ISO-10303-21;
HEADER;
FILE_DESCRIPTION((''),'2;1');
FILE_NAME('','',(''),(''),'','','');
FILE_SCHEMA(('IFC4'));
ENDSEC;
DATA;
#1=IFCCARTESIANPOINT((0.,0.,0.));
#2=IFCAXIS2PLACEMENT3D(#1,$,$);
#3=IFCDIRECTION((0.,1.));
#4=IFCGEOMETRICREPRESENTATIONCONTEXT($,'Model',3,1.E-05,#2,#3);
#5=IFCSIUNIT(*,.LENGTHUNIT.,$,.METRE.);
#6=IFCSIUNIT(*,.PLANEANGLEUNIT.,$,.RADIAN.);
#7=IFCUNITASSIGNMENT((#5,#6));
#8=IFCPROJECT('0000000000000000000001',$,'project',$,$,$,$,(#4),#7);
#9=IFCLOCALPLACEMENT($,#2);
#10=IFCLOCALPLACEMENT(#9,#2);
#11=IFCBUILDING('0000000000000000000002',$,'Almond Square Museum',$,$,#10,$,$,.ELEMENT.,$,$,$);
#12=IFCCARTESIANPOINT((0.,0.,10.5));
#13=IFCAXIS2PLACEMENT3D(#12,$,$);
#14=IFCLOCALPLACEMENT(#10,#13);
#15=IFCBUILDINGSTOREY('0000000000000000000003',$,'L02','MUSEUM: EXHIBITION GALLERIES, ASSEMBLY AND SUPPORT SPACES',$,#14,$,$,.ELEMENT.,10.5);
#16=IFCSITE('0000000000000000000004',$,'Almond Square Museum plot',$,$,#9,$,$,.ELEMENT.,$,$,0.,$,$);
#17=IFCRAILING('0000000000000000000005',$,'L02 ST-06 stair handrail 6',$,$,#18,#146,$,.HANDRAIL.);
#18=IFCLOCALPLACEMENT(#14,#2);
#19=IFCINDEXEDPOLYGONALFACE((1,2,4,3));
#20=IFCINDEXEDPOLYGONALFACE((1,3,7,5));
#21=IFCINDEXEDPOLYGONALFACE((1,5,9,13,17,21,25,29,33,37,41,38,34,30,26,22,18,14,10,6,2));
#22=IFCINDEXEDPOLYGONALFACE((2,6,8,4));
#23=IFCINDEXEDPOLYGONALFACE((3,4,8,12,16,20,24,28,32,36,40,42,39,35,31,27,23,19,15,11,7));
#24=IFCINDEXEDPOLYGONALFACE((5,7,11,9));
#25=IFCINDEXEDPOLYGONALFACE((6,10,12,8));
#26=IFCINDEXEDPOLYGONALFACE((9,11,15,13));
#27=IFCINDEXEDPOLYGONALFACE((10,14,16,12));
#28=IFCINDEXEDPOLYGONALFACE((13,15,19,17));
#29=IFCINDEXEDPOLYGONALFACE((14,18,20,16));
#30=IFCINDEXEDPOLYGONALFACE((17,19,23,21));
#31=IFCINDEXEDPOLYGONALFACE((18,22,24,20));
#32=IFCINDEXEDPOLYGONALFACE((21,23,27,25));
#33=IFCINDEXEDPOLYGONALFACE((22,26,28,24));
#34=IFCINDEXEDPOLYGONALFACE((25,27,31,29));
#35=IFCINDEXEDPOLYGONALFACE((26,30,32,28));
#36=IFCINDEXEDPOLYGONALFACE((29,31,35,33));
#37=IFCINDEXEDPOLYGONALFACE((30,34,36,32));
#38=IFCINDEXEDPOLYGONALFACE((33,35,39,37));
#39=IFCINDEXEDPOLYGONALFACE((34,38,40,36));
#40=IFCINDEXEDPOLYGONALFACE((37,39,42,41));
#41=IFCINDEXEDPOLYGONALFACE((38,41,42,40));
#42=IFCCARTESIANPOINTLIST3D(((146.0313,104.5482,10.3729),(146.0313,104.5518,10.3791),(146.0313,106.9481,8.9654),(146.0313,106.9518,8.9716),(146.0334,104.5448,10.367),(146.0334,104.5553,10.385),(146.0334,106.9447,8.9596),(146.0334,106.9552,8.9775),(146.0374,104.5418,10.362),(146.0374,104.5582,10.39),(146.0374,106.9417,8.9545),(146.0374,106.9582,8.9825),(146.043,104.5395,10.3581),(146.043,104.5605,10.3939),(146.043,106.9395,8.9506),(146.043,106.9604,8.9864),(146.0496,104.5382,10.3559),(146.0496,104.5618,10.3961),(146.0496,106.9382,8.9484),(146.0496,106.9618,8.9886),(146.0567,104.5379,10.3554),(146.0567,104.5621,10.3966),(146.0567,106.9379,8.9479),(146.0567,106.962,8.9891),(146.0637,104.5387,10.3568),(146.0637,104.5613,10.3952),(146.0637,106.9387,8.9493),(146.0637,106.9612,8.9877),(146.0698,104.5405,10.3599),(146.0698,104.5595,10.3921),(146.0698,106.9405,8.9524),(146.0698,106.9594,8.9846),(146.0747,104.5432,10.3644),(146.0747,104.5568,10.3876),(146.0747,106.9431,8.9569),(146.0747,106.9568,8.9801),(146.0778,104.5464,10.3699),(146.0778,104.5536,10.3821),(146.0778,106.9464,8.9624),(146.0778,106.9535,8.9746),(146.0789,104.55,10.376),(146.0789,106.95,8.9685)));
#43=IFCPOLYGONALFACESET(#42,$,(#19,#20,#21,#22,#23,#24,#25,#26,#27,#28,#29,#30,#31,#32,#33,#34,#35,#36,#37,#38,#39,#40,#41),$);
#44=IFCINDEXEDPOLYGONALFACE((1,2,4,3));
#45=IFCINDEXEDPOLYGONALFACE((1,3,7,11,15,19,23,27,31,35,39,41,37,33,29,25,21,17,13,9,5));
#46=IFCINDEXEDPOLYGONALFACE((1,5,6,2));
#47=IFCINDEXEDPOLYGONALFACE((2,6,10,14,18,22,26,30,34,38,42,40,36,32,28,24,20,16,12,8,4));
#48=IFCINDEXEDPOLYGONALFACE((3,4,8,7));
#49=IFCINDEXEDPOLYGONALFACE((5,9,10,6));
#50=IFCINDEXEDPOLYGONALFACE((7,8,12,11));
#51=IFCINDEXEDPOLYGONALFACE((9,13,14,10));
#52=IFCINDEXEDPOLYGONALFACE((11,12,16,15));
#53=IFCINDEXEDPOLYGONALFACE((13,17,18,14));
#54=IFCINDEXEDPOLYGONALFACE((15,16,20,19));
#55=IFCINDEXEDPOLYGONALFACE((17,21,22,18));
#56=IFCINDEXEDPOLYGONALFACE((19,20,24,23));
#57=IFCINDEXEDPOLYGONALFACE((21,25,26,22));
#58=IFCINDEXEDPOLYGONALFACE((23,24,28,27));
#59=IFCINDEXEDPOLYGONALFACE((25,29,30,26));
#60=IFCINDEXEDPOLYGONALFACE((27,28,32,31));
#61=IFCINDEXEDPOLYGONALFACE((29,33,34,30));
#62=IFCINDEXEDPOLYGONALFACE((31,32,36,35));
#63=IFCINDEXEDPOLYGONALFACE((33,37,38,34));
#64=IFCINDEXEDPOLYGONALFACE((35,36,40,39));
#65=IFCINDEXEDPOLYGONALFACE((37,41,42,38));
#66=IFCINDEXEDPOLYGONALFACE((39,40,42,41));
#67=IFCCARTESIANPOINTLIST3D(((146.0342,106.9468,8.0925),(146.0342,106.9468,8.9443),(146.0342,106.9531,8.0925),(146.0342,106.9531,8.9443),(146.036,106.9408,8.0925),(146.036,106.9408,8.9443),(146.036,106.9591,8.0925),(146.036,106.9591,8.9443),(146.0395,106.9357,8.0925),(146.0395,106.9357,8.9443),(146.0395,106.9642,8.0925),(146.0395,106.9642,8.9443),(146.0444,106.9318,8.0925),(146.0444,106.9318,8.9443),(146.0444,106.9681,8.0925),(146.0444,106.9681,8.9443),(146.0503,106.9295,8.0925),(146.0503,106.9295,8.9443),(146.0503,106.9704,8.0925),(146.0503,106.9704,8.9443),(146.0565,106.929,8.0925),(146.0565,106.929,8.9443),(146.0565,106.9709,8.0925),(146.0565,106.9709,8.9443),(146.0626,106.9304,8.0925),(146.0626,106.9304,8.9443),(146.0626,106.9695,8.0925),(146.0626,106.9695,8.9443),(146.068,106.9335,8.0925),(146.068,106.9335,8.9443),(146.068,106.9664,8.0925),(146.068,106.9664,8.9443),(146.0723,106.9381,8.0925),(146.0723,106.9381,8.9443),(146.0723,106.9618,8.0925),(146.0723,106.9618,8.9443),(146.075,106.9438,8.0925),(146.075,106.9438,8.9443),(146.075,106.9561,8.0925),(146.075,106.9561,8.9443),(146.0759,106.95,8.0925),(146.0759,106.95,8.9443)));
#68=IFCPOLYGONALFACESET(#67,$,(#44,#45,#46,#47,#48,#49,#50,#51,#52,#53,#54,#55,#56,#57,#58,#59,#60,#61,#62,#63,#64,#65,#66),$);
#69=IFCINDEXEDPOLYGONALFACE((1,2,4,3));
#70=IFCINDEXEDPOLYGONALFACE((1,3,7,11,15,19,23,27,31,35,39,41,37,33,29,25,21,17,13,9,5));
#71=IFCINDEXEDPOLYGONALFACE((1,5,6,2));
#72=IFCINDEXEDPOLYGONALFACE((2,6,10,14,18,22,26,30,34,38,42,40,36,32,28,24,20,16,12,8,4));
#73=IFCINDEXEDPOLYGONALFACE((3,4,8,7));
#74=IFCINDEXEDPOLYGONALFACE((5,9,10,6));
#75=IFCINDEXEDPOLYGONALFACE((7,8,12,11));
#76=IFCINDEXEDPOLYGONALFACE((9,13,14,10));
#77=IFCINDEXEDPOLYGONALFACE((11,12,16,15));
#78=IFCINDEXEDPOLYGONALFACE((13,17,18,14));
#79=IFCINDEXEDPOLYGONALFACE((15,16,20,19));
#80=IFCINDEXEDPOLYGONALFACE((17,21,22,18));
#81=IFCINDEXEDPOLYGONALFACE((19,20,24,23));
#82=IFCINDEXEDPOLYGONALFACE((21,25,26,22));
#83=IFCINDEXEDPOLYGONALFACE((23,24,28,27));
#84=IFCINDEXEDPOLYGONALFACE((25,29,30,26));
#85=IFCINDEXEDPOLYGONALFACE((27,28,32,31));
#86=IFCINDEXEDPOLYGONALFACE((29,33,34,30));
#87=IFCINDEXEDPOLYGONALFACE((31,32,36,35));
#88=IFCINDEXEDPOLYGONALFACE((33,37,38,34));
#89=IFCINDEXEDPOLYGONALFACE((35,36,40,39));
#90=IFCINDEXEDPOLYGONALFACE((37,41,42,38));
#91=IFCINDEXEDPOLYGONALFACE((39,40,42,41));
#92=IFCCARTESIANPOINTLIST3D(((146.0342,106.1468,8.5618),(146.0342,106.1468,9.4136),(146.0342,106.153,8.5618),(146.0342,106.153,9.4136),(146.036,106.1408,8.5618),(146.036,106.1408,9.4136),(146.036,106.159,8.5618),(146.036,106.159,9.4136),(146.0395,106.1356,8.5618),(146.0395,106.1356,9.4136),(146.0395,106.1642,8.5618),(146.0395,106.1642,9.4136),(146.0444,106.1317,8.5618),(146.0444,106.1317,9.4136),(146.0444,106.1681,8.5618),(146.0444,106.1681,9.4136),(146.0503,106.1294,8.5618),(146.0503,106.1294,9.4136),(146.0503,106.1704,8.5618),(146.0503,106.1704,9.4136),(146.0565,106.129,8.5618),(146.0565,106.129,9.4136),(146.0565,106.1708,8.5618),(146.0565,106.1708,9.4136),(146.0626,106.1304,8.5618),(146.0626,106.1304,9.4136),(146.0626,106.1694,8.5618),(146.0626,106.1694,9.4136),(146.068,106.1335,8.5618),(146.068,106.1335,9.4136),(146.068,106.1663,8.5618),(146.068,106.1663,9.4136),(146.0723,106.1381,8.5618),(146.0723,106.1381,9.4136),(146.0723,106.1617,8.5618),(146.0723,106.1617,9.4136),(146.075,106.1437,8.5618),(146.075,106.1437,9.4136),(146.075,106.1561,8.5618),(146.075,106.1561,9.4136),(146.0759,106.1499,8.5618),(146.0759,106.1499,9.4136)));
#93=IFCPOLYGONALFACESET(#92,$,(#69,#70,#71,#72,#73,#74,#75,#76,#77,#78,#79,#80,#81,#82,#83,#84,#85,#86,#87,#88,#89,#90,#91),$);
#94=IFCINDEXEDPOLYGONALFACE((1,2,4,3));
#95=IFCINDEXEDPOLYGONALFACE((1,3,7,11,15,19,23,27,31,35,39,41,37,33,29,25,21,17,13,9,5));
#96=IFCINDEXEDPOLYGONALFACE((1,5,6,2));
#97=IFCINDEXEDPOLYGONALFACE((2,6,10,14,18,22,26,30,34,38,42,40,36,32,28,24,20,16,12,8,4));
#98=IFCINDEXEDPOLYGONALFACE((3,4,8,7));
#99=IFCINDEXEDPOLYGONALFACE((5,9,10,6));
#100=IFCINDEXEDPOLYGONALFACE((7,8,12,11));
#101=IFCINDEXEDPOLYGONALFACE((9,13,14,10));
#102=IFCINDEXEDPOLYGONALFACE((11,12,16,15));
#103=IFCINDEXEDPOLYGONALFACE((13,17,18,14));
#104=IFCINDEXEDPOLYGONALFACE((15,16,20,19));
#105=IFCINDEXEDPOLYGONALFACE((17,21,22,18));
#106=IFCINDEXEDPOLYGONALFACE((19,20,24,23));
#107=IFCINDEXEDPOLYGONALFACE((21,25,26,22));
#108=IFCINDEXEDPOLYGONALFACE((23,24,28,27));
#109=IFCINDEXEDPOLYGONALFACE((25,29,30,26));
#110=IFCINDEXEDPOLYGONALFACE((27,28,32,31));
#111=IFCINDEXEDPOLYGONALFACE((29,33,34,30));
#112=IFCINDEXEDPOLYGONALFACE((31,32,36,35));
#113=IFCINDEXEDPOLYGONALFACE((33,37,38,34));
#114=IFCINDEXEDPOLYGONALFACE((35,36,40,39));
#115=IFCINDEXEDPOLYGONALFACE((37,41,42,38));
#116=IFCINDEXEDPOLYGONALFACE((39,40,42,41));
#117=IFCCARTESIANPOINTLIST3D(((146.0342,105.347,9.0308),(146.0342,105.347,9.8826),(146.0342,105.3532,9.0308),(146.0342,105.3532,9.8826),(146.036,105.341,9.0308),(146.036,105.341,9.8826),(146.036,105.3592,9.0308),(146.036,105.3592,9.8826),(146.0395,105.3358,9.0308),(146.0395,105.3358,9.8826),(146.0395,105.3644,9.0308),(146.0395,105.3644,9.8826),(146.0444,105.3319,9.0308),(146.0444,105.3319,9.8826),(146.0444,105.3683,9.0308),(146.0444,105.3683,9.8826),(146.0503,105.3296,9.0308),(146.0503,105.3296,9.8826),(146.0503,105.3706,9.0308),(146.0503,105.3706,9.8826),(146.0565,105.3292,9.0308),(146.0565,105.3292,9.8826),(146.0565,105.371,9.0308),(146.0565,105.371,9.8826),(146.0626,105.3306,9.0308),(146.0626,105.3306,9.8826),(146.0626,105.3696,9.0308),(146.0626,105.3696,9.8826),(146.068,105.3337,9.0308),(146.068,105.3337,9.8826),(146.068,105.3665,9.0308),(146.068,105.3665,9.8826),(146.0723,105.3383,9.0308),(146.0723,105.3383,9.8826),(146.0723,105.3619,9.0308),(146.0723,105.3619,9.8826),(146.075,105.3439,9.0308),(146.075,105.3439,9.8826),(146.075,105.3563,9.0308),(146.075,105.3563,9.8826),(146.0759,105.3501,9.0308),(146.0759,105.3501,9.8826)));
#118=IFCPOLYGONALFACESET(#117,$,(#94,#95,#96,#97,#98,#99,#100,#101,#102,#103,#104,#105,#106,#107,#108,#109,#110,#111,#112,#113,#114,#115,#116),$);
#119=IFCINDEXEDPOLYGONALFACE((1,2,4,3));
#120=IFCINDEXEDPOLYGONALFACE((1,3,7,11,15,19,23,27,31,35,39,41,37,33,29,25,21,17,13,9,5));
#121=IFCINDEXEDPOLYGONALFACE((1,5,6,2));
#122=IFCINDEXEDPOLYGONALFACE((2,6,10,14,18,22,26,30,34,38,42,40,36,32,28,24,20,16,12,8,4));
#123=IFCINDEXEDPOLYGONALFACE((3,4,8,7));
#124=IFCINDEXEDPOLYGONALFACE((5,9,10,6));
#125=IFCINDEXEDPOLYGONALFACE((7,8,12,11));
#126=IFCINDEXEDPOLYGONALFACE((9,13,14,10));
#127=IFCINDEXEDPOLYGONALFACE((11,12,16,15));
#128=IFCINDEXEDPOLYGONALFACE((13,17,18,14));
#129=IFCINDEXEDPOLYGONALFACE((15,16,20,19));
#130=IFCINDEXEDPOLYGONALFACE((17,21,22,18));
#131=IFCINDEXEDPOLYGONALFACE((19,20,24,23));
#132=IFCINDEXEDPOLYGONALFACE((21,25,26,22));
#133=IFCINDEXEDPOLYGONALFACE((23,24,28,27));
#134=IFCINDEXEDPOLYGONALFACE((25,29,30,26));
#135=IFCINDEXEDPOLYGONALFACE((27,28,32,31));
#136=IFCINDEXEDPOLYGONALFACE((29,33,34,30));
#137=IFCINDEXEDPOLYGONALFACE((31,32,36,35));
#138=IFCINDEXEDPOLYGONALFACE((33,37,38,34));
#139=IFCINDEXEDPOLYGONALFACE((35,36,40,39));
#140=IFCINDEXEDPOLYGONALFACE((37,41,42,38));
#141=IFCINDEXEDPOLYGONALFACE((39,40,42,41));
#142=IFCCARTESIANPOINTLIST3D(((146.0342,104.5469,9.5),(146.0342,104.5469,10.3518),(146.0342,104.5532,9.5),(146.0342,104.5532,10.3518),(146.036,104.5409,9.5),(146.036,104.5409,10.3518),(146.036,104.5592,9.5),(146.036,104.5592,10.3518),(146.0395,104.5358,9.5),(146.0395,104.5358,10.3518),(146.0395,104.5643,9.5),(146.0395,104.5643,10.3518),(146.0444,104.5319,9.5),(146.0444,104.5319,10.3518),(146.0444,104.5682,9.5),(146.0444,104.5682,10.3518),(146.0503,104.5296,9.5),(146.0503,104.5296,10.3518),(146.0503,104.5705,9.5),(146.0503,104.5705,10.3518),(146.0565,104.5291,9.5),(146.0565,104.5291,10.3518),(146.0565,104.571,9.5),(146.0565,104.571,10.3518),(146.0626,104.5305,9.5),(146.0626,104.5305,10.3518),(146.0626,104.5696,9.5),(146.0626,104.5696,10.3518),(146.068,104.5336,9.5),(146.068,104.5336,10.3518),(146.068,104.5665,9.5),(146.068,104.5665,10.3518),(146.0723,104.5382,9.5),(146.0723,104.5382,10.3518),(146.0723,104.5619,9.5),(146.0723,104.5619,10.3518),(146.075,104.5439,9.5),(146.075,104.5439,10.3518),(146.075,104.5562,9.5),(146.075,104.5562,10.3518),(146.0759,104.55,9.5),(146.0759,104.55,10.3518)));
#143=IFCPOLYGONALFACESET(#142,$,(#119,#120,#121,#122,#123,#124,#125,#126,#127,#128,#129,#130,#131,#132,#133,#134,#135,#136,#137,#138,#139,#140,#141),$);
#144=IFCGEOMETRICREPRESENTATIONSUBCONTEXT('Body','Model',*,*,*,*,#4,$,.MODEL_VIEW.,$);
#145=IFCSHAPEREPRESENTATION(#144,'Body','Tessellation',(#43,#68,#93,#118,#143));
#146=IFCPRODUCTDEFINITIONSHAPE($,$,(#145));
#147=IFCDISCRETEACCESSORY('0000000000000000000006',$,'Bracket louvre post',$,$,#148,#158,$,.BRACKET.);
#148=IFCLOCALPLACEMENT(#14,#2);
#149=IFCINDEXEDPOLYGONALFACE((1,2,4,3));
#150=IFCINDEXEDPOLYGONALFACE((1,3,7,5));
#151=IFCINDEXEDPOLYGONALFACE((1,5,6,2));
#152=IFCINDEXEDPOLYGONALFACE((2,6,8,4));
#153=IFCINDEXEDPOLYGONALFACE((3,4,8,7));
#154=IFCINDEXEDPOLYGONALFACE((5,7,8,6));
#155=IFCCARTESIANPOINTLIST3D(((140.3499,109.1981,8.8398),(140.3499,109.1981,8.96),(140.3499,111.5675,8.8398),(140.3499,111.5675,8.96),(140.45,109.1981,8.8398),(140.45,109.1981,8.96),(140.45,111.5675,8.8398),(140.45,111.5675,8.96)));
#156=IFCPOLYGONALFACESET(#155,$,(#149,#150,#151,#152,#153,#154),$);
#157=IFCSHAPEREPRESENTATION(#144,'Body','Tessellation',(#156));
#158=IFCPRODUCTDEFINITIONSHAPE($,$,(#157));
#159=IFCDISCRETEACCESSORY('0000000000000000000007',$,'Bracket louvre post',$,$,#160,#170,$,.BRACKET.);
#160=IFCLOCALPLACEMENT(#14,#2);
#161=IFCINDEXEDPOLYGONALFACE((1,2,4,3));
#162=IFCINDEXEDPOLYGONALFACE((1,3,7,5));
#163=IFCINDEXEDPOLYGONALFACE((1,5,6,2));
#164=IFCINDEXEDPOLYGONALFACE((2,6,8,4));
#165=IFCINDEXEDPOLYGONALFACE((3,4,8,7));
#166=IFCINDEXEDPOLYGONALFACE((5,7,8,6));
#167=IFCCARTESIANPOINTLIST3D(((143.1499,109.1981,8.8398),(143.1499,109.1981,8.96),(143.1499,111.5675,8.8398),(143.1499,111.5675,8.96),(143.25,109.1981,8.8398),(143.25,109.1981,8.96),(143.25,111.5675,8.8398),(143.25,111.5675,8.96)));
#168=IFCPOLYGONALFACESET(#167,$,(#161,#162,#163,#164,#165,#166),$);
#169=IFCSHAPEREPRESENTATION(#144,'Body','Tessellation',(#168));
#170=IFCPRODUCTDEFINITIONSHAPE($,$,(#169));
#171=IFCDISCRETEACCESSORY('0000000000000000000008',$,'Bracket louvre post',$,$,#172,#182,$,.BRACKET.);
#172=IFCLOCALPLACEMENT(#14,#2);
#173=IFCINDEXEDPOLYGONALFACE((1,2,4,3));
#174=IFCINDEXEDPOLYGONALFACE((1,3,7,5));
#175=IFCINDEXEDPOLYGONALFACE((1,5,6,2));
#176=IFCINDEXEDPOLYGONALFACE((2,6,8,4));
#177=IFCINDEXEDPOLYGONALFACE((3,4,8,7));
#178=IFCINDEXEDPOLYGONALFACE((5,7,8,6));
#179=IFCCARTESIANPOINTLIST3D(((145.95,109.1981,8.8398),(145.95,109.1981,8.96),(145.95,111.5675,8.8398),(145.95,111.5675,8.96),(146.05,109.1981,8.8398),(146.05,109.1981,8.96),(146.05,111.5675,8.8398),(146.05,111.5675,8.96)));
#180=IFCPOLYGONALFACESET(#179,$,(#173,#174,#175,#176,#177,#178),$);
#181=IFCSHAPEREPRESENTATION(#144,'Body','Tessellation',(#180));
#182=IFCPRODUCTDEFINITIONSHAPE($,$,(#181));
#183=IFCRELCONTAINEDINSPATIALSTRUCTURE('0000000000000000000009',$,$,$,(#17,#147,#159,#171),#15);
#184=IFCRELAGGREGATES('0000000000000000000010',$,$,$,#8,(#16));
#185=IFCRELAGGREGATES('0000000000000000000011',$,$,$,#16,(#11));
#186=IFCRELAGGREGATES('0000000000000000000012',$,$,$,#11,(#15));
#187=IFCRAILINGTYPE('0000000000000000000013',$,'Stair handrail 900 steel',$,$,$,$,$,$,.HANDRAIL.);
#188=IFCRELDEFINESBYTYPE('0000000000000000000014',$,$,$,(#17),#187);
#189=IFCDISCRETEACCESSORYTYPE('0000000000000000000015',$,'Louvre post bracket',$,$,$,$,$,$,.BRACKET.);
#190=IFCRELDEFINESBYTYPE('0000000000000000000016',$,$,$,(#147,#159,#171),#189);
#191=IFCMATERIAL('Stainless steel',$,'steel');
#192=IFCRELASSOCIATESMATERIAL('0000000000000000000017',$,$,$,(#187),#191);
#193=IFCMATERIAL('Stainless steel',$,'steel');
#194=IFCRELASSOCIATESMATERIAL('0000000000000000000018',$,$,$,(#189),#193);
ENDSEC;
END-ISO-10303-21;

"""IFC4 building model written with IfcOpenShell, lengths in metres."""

from ifc_helpers import new_model, si_unit, direction, frame, origin, origin_2d, place, context, subcontext, project, spatial, rectangle, circle, extrude, material, type_object, element, save


model = new_model("IFC4")

# Units and contexts
model_context = context("Model", 3, precision=1e-05, world=origin(), true_north=direction((0.0, 1.0)))
body_context = subcontext(model_context, "Body", "Model", "MODEL_VIEW")
ifc_project = project(units=[si_unit("LENGTHUNIT", "METRE"), si_unit("PLANEANGLEUNIT", "RADIAN")], contexts=[model_context])

# Site, building, storey
site_placement = place(None, origin())
site = spatial("IfcSite", under=ifc_project, at=site_placement, Name="Almond Square Museum plot", CompositionType="ELEMENT", RefElevation=0.0)
building_placement = place(site_placement, origin())
building = spatial("IfcBuilding", under=site, at=building_placement, Name="Almond Square Museum", CompositionType="ELEMENT")
storey_placement = place(building_placement, frame((0.0, 0.0, 10.5)))
storey = spatial("IfcBuildingStorey", under=building, at=storey_placement, Name="L02", Description="MUSEUM: EXHIBITION GALLERIES, ASSEMBLY AND SUPPORT SPACES", CompositionType="ELEMENT", Elevation=10.5)

# Railing
ifc_material_1 = material(Name="Stainless steel", Category="steel")
railing_type_1 = type_object("IfcRailingType", Name="Stair handrail 900 steel", PredefinedType="HANDRAIL", material=ifc_material_1)
railing_1_placement = place(storey_placement, frame((146.0549, 106.95, 8.0925)))
element("IfcRailing", 1, at=railing_1_placement, inside=storey, type_object=railing_type_1, Name="L02 ST-06 stair handrail 6", PredefinedType="HANDRAIL", context=body_context, shape_type="SweptSolid", body=[
    extrude(circle(Radius=0.0239, at=origin_2d()), frame((0.0, 0.0, 0.876), z_axis=(0.0, -0.862599, 0.505888), x_axis=(1.0, 0.0, 0.0)), (0.0, 0.0, 1.0), 2.7822),
    extrude(circle(Radius=0.021, at=origin_2d()), origin(), (0.0, 0.0, 1.0), 0.8518),
    extrude(circle(Radius=0.021, at=origin_2d()), frame((0.0, -0.8, 0.4692)), (0.0, 0.0, 1.0), 0.8518),
    extrude(circle(Radius=0.021, at=origin_2d()), frame((0.0, -1.5999, 0.9382)), (0.0, 0.0, 1.0), 0.8518),
    extrude(circle(Radius=0.021, at=origin_2d()), frame((0.0, -2.3999, 1.4075)), (0.0, 0.0, 1.0), 0.8518),
])

# Discrete accessories
ifc_material_2 = material(Name="Stainless steel", Category="steel")
discrete_accessory_type = type_object("IfcDiscreteAccessoryType", Name="Louvre post bracket", PredefinedType="BRACKET", material=ifc_material_2)
for number, where, z_axis, x_axis, name in (
    (2, (140.3999, 110.3828, 8.8398), (0.0, 0.0, 1.0), (1.0, 0.0, 0.0), "Bracket louvre post"),
    (3, (143.2, 110.3828, 8.8398), (0.0, 0.0, 1.0), (1.0, 0.0, 0.0), "Bracket louvre post"),
    (4, (146.0, 110.3828, 8.8398), (0.0, 0.0, 1.0), (1.0, 0.0, 0.0), "Bracket louvre post"),
):
    element("IfcDiscreteAccessory", number, at=place(storey_placement, frame(where, z_axis=z_axis, x_axis=x_axis)), inside=storey, type_object=discrete_accessory_type, Name=name, PredefinedType="BRACKET", context=body_context, shape_type="SweptSolid", body=[
        extrude(rectangle(XDim=0.1001, YDim=2.3694, at=origin_2d()), origin(), (0.0, 0.0, 1.0), 0.1201),
    ])

save(model, "model.ifc")
